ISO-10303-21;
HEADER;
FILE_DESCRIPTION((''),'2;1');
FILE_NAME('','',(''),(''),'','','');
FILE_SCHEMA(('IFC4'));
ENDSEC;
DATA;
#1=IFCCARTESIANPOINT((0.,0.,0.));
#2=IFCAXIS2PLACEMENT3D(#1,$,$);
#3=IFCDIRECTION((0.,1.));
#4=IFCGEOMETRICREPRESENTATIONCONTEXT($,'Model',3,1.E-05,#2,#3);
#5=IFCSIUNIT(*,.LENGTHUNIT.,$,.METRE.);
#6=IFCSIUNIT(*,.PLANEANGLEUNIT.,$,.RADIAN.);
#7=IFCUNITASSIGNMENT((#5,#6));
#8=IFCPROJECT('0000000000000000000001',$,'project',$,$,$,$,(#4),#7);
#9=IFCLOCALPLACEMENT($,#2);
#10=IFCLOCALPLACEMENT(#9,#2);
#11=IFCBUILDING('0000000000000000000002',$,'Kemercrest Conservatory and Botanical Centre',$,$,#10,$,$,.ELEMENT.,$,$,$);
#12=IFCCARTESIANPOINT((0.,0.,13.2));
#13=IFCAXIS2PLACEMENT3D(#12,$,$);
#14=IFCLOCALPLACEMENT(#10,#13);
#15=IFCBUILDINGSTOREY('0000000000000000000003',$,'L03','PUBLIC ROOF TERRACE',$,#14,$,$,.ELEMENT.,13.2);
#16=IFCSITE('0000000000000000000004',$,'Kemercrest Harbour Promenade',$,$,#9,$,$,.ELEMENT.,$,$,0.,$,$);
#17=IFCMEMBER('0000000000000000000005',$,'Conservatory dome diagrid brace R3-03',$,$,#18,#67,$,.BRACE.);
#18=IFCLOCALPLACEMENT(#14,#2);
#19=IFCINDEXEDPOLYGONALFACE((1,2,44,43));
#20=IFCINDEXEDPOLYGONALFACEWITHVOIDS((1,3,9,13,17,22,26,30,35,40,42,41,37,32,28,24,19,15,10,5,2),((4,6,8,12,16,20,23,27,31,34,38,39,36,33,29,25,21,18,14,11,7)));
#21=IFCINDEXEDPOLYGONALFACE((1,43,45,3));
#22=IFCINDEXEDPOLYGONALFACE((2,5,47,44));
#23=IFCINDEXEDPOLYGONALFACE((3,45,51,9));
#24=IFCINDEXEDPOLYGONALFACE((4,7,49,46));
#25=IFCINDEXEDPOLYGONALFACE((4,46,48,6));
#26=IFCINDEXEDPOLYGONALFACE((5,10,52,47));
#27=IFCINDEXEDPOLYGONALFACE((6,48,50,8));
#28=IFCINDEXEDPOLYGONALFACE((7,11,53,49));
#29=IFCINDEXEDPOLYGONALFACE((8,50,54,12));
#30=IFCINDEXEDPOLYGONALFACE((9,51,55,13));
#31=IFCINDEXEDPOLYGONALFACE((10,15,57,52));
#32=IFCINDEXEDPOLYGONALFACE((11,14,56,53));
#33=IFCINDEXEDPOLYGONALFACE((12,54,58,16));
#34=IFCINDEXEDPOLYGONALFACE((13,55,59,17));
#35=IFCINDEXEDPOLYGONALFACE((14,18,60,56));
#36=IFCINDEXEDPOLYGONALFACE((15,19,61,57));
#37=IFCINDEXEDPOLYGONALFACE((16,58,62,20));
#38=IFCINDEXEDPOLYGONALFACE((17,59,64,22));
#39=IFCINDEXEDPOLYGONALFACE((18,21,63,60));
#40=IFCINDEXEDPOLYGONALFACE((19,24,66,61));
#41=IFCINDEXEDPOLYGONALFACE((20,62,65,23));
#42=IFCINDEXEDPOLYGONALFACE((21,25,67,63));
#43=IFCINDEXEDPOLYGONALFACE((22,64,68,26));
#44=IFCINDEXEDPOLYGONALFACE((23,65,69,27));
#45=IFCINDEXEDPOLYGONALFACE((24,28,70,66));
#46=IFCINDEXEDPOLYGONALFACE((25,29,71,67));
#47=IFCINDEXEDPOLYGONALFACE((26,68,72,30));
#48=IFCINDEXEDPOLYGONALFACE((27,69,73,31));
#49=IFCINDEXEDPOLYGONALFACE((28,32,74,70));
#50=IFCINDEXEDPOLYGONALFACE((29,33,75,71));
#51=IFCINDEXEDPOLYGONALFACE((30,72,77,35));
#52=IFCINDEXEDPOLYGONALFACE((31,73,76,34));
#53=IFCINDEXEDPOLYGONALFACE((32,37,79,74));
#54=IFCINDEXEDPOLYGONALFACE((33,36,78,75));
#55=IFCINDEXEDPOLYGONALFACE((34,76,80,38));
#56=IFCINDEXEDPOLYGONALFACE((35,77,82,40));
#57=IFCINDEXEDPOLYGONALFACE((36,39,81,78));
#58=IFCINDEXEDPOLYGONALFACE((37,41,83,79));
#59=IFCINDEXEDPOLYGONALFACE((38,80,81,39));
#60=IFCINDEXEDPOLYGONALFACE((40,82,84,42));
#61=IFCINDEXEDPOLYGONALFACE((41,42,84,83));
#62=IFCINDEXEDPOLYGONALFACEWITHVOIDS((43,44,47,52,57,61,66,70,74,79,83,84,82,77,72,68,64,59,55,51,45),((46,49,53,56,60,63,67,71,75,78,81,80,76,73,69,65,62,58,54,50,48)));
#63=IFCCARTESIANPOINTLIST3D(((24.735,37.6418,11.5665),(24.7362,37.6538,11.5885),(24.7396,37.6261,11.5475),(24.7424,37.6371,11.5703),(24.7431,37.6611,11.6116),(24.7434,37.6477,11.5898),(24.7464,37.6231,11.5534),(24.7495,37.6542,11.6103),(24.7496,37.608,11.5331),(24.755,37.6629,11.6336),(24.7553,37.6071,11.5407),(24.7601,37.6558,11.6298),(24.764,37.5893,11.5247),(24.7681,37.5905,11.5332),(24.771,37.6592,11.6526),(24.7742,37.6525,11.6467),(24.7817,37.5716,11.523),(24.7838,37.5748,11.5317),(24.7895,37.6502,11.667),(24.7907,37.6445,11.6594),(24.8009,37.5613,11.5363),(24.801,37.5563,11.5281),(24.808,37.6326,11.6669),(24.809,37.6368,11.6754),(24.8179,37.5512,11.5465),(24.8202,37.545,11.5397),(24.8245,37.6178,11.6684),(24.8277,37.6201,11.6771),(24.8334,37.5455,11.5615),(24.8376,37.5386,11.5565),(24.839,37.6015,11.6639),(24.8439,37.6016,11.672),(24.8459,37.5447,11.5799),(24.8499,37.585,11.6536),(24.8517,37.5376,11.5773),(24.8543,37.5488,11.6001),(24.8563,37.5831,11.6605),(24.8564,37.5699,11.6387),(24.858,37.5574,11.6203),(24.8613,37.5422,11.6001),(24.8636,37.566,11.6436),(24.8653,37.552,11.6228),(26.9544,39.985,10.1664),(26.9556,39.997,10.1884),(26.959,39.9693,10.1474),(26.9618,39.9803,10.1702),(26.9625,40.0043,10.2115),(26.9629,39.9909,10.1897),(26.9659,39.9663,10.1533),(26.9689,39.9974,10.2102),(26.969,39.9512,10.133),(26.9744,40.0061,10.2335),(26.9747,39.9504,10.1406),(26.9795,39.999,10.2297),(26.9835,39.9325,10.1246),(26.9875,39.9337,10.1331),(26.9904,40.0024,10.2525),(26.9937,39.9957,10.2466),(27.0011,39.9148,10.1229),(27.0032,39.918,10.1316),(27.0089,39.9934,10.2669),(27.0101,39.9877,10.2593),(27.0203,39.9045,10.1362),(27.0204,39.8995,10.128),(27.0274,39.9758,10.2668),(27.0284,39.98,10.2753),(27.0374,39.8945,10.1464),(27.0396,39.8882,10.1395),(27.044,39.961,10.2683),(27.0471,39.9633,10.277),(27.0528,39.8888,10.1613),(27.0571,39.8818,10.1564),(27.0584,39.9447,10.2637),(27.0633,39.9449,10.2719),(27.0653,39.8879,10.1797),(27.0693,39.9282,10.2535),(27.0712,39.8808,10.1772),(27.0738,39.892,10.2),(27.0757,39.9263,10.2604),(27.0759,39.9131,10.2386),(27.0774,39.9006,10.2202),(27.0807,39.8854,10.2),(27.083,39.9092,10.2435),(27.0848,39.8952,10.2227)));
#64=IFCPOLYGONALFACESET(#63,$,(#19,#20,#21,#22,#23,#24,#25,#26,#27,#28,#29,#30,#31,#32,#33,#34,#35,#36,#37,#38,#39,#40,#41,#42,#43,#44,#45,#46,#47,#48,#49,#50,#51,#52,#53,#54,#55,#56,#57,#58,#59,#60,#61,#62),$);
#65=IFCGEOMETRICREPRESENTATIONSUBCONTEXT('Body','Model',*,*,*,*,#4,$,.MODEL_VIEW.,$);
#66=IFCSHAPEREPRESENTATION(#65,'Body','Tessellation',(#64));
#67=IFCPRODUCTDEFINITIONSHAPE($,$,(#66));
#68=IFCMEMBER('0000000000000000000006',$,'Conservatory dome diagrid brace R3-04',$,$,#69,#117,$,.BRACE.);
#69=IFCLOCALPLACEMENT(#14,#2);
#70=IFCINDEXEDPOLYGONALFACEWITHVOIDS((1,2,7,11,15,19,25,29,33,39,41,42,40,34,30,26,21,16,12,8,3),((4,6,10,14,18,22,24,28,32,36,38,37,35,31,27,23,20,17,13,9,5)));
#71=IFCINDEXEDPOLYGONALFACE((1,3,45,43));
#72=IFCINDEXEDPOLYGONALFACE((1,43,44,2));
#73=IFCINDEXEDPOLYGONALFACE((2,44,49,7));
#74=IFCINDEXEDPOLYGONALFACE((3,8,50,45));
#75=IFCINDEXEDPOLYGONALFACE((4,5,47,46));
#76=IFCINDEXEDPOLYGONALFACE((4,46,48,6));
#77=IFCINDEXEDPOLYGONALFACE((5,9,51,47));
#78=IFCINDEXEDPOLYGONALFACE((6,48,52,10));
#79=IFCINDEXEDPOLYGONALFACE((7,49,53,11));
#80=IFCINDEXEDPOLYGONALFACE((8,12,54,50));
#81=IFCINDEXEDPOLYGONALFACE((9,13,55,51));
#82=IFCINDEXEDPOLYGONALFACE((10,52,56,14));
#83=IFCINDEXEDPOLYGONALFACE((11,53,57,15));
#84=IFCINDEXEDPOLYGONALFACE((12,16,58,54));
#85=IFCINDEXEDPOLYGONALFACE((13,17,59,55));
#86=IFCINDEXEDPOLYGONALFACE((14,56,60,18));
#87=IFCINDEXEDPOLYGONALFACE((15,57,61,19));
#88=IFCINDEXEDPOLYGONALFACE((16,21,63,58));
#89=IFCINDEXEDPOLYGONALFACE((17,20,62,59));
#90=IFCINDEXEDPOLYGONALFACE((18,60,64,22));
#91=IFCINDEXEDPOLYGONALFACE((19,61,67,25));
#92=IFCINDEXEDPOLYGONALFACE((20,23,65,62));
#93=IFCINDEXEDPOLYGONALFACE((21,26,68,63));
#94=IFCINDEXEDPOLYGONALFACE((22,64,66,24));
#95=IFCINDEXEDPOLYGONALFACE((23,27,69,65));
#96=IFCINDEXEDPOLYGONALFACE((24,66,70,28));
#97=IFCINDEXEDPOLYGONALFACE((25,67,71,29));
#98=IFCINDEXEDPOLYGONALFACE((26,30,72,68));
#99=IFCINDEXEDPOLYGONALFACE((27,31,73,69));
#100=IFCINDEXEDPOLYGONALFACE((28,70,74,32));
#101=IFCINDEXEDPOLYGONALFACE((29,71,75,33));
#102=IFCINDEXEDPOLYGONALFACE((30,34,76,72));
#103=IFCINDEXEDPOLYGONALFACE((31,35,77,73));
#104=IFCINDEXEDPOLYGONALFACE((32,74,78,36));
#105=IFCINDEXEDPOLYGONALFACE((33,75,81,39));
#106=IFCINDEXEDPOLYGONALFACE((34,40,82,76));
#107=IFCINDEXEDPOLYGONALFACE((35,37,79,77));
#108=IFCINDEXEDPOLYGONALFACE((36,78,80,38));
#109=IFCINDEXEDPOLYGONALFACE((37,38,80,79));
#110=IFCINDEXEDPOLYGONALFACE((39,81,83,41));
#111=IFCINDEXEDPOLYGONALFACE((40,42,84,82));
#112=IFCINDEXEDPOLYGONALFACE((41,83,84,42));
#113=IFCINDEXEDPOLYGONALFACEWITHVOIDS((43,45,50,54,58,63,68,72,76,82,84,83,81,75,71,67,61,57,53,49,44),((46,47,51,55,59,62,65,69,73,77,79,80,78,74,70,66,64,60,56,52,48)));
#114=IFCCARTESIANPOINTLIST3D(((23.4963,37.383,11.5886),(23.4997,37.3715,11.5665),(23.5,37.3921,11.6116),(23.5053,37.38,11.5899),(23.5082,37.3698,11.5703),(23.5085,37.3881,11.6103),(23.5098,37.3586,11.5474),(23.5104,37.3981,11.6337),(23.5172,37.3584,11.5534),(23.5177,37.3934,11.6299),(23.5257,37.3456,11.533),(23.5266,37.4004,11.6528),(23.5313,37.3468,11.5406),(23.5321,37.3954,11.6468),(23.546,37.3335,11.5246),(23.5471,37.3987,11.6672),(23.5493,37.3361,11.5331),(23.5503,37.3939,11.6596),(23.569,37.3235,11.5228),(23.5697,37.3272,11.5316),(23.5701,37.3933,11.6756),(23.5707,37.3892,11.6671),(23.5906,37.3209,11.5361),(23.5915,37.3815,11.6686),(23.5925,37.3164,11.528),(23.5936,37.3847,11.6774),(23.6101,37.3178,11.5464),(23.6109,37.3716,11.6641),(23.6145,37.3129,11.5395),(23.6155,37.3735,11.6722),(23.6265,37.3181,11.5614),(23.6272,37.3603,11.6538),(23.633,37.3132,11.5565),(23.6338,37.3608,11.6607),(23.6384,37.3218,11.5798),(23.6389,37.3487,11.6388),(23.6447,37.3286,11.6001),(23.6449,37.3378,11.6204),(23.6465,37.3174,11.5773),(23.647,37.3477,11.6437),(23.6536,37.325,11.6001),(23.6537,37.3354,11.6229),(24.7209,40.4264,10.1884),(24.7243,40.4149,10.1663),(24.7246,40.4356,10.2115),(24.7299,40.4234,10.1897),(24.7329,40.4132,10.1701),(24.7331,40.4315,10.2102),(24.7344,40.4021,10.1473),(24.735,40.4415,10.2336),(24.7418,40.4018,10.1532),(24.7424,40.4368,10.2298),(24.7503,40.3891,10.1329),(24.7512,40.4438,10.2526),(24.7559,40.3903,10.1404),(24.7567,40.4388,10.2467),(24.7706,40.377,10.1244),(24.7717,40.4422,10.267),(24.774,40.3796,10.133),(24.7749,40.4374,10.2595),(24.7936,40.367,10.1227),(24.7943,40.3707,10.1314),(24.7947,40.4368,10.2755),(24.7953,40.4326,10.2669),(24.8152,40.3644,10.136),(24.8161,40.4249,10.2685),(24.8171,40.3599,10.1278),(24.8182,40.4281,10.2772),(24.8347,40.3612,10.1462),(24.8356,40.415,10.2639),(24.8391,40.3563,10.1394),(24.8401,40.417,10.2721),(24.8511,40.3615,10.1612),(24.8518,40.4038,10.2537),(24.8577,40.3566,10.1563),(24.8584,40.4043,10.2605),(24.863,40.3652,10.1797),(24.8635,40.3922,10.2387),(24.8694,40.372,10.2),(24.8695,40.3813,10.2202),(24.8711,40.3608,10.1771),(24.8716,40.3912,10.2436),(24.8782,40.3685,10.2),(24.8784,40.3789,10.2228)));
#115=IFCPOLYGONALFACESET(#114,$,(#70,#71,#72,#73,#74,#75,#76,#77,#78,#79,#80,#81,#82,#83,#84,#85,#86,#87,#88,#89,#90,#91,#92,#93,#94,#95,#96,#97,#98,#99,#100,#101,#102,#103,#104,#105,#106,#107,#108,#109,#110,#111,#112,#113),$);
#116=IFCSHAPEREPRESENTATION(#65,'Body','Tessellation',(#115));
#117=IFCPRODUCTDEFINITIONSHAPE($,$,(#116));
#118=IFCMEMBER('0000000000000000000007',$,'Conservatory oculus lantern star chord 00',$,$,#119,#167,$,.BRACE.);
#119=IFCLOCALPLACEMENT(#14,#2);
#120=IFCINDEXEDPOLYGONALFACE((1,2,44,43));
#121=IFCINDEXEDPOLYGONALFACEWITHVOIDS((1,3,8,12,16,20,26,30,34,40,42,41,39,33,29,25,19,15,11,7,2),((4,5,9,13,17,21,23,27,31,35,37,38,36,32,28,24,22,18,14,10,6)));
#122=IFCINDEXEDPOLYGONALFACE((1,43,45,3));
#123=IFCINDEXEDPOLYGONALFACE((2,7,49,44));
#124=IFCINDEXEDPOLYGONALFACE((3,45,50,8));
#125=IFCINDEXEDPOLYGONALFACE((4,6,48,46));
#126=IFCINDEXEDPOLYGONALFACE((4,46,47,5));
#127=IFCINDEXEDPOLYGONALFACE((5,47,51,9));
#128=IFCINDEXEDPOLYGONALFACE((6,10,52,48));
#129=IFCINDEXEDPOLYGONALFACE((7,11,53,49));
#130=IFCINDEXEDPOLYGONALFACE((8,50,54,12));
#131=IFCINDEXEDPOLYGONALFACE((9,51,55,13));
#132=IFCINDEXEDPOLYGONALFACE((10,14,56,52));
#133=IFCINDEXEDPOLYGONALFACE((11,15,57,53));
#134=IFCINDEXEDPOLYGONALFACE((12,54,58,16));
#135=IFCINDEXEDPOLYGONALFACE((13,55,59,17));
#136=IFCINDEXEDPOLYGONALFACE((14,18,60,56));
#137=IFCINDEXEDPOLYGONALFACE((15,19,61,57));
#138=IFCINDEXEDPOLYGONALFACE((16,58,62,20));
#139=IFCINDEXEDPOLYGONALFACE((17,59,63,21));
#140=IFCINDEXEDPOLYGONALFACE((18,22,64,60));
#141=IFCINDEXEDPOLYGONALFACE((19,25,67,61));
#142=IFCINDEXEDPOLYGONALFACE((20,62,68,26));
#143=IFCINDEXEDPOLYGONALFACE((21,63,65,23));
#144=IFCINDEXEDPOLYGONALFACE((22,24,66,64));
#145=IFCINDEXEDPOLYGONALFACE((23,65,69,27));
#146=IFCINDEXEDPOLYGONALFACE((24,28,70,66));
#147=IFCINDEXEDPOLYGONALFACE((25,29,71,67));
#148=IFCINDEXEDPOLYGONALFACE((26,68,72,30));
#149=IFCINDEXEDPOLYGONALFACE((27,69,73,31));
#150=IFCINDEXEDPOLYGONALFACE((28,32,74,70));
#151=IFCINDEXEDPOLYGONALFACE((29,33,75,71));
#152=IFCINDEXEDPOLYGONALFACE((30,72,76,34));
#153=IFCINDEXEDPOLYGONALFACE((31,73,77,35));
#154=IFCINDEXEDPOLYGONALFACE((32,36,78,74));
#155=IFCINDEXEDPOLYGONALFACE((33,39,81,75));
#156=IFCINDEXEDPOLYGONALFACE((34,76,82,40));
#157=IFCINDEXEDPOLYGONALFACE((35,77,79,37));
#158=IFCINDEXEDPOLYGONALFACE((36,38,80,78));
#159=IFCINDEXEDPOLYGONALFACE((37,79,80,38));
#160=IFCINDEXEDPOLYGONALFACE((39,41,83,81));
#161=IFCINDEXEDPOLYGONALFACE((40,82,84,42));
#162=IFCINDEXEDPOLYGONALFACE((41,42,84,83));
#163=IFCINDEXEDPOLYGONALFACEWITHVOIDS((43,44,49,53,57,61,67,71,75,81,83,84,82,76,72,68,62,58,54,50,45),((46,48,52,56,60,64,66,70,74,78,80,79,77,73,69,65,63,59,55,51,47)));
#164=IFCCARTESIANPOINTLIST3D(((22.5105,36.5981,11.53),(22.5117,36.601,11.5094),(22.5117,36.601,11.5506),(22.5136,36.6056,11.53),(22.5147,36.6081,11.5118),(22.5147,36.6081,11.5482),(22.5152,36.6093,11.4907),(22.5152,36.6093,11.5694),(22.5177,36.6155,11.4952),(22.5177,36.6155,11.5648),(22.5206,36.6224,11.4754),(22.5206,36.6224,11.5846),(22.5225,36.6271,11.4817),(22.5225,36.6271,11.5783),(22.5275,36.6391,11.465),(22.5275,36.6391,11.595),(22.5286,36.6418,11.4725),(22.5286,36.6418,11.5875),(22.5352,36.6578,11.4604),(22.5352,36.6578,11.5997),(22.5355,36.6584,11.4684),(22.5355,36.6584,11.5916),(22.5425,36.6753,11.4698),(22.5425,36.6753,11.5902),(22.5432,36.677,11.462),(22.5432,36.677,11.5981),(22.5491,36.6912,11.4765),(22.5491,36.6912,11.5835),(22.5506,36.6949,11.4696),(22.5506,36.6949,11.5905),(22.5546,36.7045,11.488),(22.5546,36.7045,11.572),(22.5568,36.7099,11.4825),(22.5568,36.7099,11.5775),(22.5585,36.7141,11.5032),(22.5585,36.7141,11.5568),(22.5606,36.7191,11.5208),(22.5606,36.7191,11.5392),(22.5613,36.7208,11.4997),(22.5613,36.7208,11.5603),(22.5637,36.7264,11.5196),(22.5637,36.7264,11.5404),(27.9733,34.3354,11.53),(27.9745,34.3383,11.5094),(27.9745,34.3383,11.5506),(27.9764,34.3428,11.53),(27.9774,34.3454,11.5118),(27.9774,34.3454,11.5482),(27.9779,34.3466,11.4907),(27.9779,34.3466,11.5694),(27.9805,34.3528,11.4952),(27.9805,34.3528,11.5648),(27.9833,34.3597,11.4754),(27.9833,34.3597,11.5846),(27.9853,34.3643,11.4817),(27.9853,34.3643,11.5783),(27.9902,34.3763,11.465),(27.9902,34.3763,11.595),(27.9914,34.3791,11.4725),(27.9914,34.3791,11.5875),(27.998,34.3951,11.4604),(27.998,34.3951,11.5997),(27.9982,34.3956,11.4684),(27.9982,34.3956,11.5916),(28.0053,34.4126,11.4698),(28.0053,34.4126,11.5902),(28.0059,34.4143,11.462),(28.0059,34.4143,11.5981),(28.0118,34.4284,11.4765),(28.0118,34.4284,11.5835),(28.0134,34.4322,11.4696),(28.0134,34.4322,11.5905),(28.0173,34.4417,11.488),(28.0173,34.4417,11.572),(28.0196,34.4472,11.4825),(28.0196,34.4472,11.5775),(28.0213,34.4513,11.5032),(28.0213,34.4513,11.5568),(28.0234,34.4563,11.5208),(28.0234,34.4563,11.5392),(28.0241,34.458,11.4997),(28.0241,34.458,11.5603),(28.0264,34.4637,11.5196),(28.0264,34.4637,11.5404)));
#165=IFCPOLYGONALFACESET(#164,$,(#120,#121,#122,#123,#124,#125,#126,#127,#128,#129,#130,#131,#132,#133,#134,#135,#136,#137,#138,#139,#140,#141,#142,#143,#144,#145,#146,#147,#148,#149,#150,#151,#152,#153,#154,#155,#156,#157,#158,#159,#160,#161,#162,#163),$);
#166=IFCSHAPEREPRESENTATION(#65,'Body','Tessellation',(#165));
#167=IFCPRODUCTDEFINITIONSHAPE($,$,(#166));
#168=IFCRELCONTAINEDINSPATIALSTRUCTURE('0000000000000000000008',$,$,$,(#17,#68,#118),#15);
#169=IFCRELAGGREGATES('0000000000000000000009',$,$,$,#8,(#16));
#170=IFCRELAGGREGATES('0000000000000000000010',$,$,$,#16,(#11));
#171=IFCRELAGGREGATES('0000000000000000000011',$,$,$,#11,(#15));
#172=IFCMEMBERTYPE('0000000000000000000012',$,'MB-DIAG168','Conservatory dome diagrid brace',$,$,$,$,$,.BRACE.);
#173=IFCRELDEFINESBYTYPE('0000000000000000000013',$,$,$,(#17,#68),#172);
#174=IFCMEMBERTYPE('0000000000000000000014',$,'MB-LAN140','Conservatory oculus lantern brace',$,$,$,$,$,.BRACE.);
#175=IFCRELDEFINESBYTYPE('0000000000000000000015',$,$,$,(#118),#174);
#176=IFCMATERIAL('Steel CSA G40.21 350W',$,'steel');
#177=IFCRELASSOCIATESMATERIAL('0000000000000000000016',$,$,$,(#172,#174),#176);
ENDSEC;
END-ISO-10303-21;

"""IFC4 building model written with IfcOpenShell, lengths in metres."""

from ifc_helpers import new_model, si_unit, direction, frame, origin, origin_2d, place, context, subcontext, project, spatial, hollow_circle, extrude, material, material_profile, profile_set, type_object, element, save


model = new_model("IFC4")

# Units and contexts
model_context = context("Model", 3, precision=1e-05, world=origin(), true_north=direction((0.0, 1.0)))
body_context = subcontext(model_context, "Body", "Model", "MODEL_VIEW")
ifc_project = project(units=[si_unit("LENGTHUNIT", "METRE"), si_unit("PLANEANGLEUNIT", "RADIAN")], contexts=[model_context])

# Site, building, storey
site_placement = place(None, origin())
site = spatial("IfcSite", under=ifc_project, at=site_placement, Name="Kemercrest Harbour Promenade", CompositionType="ELEMENT", RefElevation=0.0)
building_placement = place(site_placement, origin())
building = spatial("IfcBuilding", under=site, at=building_placement, Name="Kemercrest Conservatory and Botanical Centre", CompositionType="ELEMENT")
storey_placement = place(building_placement, frame((0.0, 0.0, 13.2)))
storey = spatial("IfcBuildingStorey", under=building, at=storey_placement, Name="L03", Description="PUBLIC ROOF TERRACE", CompositionType="ELEMENT", Elevation=13.2)

# Shared definitions
ifc_material_1 = material(Name="Steel CSA G40.21 350W", Category="steel")

# Members
ifc_material_profile_1 = material_profile(ifc_material_1, hollow_circle(Radius=0.0842, WallThickness=0.0095, at=origin_2d()), Name="CHS 168.3x9.5")
ifc_profile_set_1 = profile_set([ifc_material_profile_1], Name="Steel CSA G40.21 350W")
member_type_1 = type_object("IfcMemberType", Name="MB-DIAG168", Description="Conservatory dome diagrid brace", PredefinedType="BRACE", material=ifc_profile_set_1)
member_1_placement = place(storey_placement, frame((27.0195, 39.9434, 10.2), z_axis=(-0.630866, -0.666049, 0.397978), x_axis=(0.726022, -0.687671, 0.0)))
element("IfcMember", 1, at=member_1_placement, inside=storey, type_object=member_type_1, Name="Conservatory dome diagrid brace R3-03", PredefinedType="BRACE", context=body_context, shape_type="SweptSolid", body=[
    extrude(hollow_circle(Radius=0.0842, WallThickness=0.0095, at=origin_2d()), origin(), (0.0, 0.0, 1.0), 3.5181),
])
member_2_placement = place(storey_placement, frame((24.8, 40.3999, 10.2), z_axis=(-0.343327, -0.853252, 0.39254), x_axis=(0.927715, -0.373289, 0.0)))
element("IfcMember", 2, at=member_2_placement, inside=storey, type_object=member_type_1, Name="Conservatory dome diagrid brace R3-04", PredefinedType="BRACE", context=body_context, shape_type="SweptSolid", body=[
    extrude(hollow_circle(Radius=0.0842, WallThickness=0.0095, at=origin_2d()), origin(), (0.0, 0.0, 1.0), 3.5669),
])
ifc_material_profile_2 = material_profile(ifc_material_1, hollow_circle(Radius=0.0698, WallThickness=0.0081, at=origin_2d()), Name="CHS 139.7x8.0")
ifc_profile_set_2 = profile_set([ifc_material_profile_2], Name="Steel CSA G40.21 350W")
member_type_2 = type_object("IfcMemberType", Name="MB-LAN140", Description="Conservatory oculus lantern brace", PredefinedType="BRACE", material=ifc_profile_set_2)
for number, where, z_axis, x_axis, name in (
    (3, (28.0, 34.3999, 11.53), (-0.92388, 0.382682, 0.0), (-0.382682, -0.92388, 0.0), "Conservatory oculus lantern star chord 00"),
):
    element("IfcMember", number, at=place(storey_placement, frame(where, z_axis=z_axis, x_axis=x_axis)), inside=storey, type_object=member_type_2, Name=name, PredefinedType="BRACE", context=body_context, shape_type="SweptSolid", body=[
        extrude(hollow_circle(Radius=0.0698, WallThickness=0.0081, at=origin_2d()), origin(), (0.0, 0.0, 1.0), 5.9128),
    ])

save(model, "model.ifc")
